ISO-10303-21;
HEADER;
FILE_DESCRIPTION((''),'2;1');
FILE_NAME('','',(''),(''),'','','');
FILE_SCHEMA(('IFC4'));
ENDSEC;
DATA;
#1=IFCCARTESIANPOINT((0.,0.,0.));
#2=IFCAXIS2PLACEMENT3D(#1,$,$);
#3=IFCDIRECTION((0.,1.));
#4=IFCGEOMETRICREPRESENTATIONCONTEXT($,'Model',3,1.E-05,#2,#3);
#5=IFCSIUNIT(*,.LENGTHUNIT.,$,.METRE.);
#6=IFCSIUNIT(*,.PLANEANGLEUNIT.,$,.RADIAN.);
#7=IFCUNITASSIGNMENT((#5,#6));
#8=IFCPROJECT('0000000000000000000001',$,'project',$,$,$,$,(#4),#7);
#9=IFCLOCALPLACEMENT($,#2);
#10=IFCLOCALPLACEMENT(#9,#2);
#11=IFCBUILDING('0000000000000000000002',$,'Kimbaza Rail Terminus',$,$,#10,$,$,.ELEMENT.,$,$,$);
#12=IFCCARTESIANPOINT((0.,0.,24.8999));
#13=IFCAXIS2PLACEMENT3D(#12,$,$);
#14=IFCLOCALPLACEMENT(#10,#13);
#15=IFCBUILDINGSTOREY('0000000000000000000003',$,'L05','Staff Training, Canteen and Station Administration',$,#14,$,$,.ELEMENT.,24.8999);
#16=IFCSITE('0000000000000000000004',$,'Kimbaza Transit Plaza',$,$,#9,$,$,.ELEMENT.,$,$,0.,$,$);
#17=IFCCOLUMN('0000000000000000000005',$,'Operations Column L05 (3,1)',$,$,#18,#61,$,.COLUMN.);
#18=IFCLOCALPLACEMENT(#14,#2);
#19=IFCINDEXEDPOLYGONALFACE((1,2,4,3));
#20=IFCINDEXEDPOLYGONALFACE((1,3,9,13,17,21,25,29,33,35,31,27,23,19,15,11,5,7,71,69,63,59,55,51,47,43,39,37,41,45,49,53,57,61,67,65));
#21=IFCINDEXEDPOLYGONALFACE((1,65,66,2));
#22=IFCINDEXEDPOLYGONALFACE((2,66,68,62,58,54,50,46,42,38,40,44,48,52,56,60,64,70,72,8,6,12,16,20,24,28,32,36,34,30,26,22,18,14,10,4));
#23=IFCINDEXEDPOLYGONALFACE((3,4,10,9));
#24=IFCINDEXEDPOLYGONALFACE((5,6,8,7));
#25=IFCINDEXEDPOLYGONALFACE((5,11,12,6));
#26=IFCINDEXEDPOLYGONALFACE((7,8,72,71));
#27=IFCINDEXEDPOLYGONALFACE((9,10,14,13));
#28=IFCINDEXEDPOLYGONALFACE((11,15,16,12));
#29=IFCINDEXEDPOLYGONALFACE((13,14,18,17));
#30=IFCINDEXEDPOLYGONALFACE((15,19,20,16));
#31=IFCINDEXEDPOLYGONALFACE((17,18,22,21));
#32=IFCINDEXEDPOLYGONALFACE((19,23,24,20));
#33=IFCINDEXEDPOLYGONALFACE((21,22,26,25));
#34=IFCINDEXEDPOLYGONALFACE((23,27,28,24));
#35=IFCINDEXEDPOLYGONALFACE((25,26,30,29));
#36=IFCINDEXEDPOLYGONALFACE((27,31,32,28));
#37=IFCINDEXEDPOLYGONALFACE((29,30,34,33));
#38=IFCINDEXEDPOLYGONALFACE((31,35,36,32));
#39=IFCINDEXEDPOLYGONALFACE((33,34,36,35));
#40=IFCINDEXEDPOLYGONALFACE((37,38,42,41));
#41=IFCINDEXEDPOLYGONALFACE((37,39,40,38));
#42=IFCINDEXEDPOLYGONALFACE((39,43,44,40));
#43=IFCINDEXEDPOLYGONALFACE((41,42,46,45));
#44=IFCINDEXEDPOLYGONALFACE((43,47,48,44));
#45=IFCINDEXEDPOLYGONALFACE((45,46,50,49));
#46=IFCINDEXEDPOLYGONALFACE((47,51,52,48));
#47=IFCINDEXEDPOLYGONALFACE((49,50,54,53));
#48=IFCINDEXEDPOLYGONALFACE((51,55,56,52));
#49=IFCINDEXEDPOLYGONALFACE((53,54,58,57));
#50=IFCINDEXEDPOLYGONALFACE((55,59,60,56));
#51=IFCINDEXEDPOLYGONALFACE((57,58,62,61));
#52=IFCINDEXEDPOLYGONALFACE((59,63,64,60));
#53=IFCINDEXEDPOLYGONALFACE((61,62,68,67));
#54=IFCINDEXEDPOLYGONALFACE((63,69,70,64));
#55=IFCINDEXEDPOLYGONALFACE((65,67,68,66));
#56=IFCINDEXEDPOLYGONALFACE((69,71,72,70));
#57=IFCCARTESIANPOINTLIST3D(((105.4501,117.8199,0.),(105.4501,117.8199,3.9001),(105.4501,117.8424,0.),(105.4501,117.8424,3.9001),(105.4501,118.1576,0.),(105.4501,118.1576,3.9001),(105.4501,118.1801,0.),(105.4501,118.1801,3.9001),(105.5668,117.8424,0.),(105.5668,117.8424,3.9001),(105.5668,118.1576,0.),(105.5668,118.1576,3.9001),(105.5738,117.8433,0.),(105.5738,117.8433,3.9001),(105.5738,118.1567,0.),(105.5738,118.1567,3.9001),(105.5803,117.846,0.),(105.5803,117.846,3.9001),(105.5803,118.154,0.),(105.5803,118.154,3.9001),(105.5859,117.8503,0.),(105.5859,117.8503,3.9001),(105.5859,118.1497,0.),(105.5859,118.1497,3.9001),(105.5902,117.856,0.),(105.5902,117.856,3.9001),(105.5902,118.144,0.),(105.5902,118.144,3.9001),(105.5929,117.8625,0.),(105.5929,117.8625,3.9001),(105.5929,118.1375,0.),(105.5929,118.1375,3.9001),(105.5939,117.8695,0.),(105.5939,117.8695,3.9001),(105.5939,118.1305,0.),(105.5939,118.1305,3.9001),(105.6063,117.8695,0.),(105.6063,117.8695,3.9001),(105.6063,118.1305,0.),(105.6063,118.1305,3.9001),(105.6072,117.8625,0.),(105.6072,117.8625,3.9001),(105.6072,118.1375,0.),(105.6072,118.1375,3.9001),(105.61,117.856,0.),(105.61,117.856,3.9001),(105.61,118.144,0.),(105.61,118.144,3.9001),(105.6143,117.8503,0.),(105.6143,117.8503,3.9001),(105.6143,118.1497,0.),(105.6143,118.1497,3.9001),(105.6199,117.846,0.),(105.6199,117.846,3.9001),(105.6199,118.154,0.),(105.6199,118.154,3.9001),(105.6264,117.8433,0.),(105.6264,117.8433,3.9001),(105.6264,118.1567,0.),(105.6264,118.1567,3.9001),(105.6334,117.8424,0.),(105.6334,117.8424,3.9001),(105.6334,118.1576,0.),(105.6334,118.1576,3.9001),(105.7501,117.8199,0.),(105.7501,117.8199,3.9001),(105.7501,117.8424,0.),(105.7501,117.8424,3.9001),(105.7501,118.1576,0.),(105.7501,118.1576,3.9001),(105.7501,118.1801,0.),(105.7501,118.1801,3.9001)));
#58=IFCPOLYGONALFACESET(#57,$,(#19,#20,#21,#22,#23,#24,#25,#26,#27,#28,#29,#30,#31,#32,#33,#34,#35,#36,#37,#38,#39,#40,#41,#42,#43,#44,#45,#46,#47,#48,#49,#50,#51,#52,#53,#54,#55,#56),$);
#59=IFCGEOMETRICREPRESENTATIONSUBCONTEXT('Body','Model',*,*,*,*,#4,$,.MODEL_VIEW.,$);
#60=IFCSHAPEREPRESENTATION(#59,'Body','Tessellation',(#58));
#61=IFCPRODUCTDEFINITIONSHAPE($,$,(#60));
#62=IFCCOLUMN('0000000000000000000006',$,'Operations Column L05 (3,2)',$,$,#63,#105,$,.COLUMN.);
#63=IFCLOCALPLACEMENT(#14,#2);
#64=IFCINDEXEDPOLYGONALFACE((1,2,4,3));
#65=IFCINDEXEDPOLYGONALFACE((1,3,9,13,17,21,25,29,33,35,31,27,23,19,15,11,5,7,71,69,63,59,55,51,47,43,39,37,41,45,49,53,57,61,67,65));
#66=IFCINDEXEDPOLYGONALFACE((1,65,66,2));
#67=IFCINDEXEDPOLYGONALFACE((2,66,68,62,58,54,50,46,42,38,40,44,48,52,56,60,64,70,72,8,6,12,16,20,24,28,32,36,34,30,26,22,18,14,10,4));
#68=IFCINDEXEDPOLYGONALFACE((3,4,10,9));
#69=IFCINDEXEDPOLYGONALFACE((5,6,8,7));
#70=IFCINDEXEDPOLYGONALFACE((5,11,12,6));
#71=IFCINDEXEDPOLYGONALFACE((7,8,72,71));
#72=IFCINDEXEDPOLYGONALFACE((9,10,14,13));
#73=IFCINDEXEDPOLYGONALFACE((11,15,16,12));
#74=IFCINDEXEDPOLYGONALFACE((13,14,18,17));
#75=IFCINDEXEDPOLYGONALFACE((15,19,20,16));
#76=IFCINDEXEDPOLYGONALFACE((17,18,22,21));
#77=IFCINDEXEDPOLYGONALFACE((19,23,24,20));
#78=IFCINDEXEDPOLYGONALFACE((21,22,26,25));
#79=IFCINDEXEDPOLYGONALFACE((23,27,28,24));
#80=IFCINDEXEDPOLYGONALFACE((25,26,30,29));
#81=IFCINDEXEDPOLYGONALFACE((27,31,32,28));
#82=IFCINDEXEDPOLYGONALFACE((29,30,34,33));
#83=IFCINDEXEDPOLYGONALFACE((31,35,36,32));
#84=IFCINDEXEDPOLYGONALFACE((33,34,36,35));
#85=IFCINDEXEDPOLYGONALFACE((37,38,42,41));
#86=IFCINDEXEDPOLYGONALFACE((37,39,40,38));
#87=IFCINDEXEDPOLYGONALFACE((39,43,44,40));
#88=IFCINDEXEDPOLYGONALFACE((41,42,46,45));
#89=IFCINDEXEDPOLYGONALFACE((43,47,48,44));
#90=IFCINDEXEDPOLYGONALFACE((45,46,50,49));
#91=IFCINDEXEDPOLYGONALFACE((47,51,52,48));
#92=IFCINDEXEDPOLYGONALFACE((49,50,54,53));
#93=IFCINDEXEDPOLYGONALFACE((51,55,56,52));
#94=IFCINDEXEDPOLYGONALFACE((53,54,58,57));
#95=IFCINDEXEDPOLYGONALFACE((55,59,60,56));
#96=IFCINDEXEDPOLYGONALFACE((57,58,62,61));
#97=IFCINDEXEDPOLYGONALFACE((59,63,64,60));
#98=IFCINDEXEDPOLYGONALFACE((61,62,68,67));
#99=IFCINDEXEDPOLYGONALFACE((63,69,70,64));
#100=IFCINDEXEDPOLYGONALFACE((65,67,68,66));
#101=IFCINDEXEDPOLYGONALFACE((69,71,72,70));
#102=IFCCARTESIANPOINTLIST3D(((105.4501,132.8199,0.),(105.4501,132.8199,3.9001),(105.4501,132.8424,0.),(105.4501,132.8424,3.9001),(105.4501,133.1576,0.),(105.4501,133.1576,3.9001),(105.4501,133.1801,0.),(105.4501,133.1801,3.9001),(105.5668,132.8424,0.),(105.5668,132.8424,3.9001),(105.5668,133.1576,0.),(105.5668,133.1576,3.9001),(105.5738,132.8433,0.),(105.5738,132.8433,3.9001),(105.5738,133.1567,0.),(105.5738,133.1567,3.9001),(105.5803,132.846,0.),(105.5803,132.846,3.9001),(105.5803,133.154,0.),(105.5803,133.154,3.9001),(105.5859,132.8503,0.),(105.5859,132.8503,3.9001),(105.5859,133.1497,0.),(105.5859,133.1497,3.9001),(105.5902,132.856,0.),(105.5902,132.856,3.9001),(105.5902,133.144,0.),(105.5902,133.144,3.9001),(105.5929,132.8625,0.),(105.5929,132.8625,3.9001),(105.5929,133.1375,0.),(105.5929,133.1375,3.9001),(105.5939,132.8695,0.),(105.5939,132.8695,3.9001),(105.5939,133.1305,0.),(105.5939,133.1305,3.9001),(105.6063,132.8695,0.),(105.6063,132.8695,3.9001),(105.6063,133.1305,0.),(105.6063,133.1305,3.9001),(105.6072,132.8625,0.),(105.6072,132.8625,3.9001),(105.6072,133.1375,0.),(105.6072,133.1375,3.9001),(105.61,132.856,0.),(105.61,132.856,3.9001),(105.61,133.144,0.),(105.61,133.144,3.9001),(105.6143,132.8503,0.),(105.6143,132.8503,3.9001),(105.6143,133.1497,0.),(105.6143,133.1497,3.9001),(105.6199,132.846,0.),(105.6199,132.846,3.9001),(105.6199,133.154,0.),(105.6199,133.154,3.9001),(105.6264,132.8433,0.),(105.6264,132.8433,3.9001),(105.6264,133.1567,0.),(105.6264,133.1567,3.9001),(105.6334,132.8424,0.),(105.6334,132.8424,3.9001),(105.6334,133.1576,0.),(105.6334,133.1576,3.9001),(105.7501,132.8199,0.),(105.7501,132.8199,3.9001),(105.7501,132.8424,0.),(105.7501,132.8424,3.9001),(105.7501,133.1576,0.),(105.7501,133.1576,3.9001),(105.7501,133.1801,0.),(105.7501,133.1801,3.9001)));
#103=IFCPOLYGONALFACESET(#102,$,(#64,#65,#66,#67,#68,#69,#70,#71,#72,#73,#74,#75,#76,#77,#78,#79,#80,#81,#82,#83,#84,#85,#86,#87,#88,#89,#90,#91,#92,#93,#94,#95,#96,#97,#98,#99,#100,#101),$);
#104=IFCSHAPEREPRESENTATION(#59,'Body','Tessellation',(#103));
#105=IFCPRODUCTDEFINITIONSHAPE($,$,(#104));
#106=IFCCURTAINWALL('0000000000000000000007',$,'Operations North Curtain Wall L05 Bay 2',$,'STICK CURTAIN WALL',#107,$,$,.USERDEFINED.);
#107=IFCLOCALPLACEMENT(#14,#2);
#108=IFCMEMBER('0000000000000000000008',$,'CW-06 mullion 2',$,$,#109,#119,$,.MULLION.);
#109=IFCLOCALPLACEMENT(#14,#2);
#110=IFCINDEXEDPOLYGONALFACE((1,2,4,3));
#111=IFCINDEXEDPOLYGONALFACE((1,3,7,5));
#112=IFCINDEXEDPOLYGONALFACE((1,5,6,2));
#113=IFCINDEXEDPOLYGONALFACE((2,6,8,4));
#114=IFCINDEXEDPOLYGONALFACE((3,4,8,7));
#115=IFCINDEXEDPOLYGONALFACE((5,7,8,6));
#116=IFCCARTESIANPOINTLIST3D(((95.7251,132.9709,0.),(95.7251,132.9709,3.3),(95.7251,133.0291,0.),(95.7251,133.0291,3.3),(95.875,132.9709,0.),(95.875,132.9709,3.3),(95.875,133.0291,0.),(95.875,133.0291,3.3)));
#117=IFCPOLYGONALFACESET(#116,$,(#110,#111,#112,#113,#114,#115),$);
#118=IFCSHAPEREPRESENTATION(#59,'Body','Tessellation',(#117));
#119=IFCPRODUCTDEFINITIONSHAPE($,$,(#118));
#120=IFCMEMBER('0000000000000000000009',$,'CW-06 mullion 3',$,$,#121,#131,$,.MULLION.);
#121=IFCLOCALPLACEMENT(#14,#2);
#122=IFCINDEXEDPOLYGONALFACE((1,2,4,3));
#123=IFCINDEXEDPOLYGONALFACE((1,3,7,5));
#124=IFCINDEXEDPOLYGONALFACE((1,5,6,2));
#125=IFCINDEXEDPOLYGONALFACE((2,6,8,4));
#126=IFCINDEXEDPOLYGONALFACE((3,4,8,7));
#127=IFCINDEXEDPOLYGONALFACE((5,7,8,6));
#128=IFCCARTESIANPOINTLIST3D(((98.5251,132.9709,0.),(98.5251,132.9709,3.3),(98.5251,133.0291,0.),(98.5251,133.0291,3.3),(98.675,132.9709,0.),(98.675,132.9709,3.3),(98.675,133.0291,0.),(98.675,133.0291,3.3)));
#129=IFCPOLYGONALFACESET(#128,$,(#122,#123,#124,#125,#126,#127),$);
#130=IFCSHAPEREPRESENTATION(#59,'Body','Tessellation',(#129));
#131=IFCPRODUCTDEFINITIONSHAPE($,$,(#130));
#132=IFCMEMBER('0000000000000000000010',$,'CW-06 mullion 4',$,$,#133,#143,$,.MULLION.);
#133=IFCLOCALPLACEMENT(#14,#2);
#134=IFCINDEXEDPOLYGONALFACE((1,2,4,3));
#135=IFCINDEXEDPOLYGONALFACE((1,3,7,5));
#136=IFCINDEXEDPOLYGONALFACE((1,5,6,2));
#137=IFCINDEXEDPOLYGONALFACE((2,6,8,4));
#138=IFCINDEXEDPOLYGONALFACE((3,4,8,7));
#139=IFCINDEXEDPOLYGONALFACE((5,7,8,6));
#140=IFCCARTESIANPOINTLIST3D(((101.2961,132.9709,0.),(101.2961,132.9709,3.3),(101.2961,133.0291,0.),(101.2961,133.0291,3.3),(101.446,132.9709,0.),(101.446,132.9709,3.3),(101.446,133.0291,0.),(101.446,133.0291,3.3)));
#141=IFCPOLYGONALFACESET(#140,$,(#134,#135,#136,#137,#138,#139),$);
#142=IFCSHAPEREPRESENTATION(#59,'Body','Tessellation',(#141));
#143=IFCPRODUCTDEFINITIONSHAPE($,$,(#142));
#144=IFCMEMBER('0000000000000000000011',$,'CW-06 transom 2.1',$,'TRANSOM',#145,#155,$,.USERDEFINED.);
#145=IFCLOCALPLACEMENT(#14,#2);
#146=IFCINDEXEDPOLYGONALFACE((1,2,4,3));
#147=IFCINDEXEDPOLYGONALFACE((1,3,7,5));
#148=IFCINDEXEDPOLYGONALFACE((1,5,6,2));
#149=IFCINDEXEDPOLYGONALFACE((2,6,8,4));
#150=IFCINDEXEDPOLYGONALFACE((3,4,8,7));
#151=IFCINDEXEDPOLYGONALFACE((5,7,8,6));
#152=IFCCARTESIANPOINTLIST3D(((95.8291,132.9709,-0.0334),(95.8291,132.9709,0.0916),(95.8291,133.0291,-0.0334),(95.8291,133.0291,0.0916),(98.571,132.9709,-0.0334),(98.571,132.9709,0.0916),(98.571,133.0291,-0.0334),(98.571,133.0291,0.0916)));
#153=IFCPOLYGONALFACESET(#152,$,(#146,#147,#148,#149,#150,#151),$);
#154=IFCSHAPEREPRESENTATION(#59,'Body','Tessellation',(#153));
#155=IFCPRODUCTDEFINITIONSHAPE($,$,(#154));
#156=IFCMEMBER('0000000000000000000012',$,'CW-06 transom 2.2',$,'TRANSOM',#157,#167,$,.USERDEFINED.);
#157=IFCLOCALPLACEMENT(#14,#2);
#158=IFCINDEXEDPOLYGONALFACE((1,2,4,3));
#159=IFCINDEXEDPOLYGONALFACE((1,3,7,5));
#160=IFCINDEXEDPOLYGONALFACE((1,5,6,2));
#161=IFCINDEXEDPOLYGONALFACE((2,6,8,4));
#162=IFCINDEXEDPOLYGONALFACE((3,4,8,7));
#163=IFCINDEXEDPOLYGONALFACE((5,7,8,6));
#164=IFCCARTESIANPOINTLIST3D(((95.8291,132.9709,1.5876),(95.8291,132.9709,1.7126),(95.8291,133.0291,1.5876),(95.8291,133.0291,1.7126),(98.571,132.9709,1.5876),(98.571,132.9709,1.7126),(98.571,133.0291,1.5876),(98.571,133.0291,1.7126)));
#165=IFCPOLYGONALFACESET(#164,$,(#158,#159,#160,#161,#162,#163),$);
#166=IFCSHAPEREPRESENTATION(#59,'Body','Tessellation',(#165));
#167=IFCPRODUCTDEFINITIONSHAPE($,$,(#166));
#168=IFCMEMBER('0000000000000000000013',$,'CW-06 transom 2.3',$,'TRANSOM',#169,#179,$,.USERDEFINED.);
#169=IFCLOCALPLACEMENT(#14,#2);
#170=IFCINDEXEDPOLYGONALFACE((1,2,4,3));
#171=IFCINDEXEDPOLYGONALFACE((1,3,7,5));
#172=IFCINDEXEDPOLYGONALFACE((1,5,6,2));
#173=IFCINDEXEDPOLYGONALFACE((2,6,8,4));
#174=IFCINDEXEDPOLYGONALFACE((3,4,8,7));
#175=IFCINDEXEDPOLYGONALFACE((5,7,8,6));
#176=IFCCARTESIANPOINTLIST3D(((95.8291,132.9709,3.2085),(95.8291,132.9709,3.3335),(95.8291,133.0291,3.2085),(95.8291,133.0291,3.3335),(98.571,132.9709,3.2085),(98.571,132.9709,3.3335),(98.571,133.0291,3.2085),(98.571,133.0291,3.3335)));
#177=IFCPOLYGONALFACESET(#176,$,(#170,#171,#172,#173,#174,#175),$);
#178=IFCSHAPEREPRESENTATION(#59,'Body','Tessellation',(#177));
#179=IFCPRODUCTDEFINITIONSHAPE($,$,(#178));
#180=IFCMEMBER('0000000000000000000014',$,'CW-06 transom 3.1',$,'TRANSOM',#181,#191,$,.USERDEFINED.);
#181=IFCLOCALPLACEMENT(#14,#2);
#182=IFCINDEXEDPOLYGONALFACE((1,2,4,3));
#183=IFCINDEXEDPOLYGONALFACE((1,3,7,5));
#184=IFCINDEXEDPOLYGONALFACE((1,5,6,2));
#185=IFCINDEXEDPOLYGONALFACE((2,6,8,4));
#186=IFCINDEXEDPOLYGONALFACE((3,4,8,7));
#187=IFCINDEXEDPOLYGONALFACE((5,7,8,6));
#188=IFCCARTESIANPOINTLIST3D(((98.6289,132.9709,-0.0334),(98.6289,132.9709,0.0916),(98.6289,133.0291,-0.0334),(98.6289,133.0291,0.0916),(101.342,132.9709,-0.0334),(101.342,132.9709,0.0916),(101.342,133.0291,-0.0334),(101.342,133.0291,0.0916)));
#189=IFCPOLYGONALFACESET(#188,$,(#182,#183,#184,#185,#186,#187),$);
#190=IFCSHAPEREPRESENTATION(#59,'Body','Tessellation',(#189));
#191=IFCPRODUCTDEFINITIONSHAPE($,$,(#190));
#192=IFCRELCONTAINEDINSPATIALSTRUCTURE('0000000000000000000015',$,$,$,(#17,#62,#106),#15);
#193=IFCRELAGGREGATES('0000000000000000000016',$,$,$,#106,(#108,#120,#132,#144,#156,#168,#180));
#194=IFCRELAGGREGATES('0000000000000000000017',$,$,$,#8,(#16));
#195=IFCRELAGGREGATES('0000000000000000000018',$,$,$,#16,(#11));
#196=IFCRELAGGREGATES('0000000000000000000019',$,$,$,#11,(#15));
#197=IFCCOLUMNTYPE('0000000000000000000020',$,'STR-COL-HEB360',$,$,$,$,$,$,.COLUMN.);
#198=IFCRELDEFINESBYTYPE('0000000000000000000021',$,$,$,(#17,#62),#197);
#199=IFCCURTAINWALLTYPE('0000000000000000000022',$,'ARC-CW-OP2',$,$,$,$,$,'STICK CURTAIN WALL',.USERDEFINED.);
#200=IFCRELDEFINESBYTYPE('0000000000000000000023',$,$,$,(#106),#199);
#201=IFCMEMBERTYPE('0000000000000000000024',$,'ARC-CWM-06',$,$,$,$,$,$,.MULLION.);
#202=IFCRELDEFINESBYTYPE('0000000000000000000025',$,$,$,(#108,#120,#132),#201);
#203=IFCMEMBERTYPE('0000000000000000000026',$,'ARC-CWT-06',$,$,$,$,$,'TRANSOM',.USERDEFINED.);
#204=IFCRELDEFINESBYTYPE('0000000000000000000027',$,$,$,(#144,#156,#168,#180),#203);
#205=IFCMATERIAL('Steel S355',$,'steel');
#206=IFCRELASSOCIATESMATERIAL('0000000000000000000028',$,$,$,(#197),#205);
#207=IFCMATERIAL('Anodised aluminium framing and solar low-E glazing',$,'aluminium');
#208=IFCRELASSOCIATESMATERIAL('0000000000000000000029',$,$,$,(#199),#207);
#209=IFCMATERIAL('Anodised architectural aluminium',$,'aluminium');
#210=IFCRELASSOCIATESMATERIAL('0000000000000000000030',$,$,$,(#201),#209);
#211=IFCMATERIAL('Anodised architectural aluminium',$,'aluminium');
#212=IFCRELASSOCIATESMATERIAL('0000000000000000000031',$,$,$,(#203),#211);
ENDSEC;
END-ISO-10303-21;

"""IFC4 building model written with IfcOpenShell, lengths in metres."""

from ifc_helpers import new_model, si_unit, direction, frame, origin, origin_2d, place, context, subcontext, project, spatial, rectangle, i_section, extrude, material, material_profile, profile_set, type_object, element, aggregate, save


model = new_model("IFC4")

# Units and contexts
model_context = context("Model", 3, precision=1e-05, world=origin(), true_north=direction((0.0, 1.0)))
body_context = subcontext(model_context, "Body", "Model", "MODEL_VIEW")
ifc_project = project(units=[si_unit("LENGTHUNIT", "METRE"), si_unit("PLANEANGLEUNIT", "RADIAN")], contexts=[model_context])

# Site, building, storey
site_placement = place(None, origin())
site = spatial("IfcSite", under=ifc_project, at=site_placement, Name="Kimbaza Transit Plaza", CompositionType="ELEMENT", RefElevation=0.0)
building_placement = place(site_placement, origin())
building = spatial("IfcBuilding", under=site, at=building_placement, Name="Kimbaza Rail Terminus", CompositionType="ELEMENT")
storey_placement = place(building_placement, frame((0.0, 0.0, 24.8999)))
storey = spatial("IfcBuildingStorey", under=building, at=storey_placement, Name="L05", Description="Staff Training, Canteen and Station Administration", CompositionType="ELEMENT", Elevation=24.8999)

# Columns
ifc_material_1 = material(Name="Steel S355", Category="steel")
ifc_material_profile_1 = material_profile(ifc_material_1, i_section(OverallWidth=0.3, OverallDepth=0.3601, WebThickness=0.0125, FlangeThickness=0.0225, FilletRadius=0.0271, at=origin_2d()), Name="HEB 360")
ifc_profile_set_1 = profile_set([ifc_material_profile_1], Name="Steel S355")
column_type = type_object("IfcColumnType", Name="STR-COL-HEB360", PredefinedType="COLUMN", material=ifc_profile_set_1)
for number, where, z_axis, x_axis, name in (
    (1, (105.6001, 118.0, 0.0), (0.0, 0.0, 1.0), (1.0, 0.0, 0.0), "Operations Column L05 (3,1)"),
    (2, (105.6001, 133.0, 0.0), (0.0, 0.0, 1.0), (1.0, 0.0, 0.0), "Operations Column L05 (3,2)"),
):
    element("IfcColumn", number, at=place(storey_placement, frame(where, z_axis=z_axis, x_axis=x_axis)), inside=storey, type_object=column_type, Name=name, PredefinedType="COLUMN", context=body_context, shape_type="SweptSolid", body=[
        extrude(i_section(OverallWidth=0.3, OverallDepth=0.3601, WebThickness=0.0125, FlangeThickness=0.0225, FilletRadius=0.0271, at=origin_2d()), origin(), (0.0, 0.0, 1.0), 3.9001),
    ])

# Curtain wall, members
ifc_material_2 = material(Name="Anodised aluminium framing and solar low-E glazing", Category="aluminium")
curtain_wall_type = type_object("IfcCurtainWallType", Name="ARC-CW-OP2", ElementType="STICK CURTAIN WALL", PredefinedType="USERDEFINED", material=ifc_material_2)
curtain_wall_placement = place(storey_placement, origin())
curtain_wall = element("IfcCurtainWall", 3, at=curtain_wall_placement, inside=storey, type_object=curtain_wall_type, Name="Operations North Curtain Wall L05 Bay 2", ObjectType="STICK CURTAIN WALL", PredefinedType="USERDEFINED")
ifc_material_3 = material(Name="Anodised architectural aluminium", Category="aluminium")
ifc_material_profile_2 = material_profile(ifc_material_3, rectangle(XDim=0.0581, YDim=0.1499, at=origin_2d()), Name="MULLION 58x150")
ifc_profile_set_2 = profile_set([ifc_material_profile_2], Name="Anodised architectural aluminium")
member_type_1 = type_object("IfcMemberType", Name="ARC-CWM-06", PredefinedType="MULLION", material=ifc_profile_set_2)
member_1_placement = place(storey_placement, frame((95.8, 133.0, 0.0), z_axis=(0.0, 0.0, 1.0), x_axis=(0.0, 1.0, 0.0)))
member_1 = element("IfcMember", 4, at=member_1_placement, type_object=member_type_1, Name="CW-06 mullion 2", PredefinedType="MULLION", context=body_context, shape_type="SweptSolid", body=[
    extrude(rectangle(XDim=0.0581, YDim=0.1499, at=origin_2d()), origin(), (0.0, 0.0, 1.0), 3.3),
])
member_2_placement = place(storey_placement, frame((98.6001, 133.0, 0.0), z_axis=(0.0, 0.0, 1.0), x_axis=(0.0, 1.0, 0.0)))
member_2 = element("IfcMember", 5, at=member_2_placement, type_object=member_type_1, Name="CW-06 mullion 3", PredefinedType="MULLION", context=body_context, shape_type="SweptSolid", body=[
    extrude(rectangle(XDim=0.0581, YDim=0.1499, at=origin_2d()), origin(), (0.0, 0.0, 1.0), 3.3),
])
member_3_placement = place(storey_placement, frame((101.3711, 133.0, 0.0), z_axis=(0.0, 0.0, 1.0), x_axis=(0.0, 1.0, 0.0)))
member_3 = element("IfcMember", 6, at=member_3_placement, type_object=member_type_1, Name="CW-06 mullion 4", PredefinedType="MULLION", context=body_context, shape_type="SweptSolid", body=[
    extrude(rectangle(XDim=0.0581, YDim=0.1499, at=origin_2d()), origin(), (0.0, 0.0, 1.0), 3.3),
])
ifc_material_4 = material(Name="Anodised architectural aluminium", Category="aluminium")
ifc_material_profile_3 = material_profile(ifc_material_4, rectangle(XDim=0.0581, YDim=0.125, at=origin_2d()), Name="TRANSOM 58x125")
ifc_profile_set_3 = profile_set([ifc_material_profile_3], Name="Anodised architectural aluminium")
member_type_2 = type_object("IfcMemberType", Name="ARC-CWT-06", ElementType="TRANSOM", PredefinedType="USERDEFINED", material=ifc_profile_set_3)
member_4_placement = place(storey_placement, frame((95.8291, 133.0, 0.0291), z_axis=(1.0, 0.0, 0.0), x_axis=(0.0, 1.0, 0.0)))
member_4 = element("IfcMember", 7, at=member_4_placement, type_object=member_type_2, Name="CW-06 transom 2.1", ObjectType="TRANSOM", PredefinedType="USERDEFINED", context=body_context, shape_type="SweptSolid", body=[
    extrude(rectangle(XDim=0.0581, YDim=0.125, at=origin_2d()), origin(), (0.0, 0.0, 1.0), 2.7419),
])
member_5_placement = place(storey_placement, frame((95.8291, 133.0, 1.6501), z_axis=(1.0, 0.0, 0.0), x_axis=(0.0, 1.0, 0.0)))
member_5 = element("IfcMember", 8, at=member_5_placement, type_object=member_type_2, Name="CW-06 transom 2.2", ObjectType="TRANSOM", PredefinedType="USERDEFINED", context=body_context, shape_type="SweptSolid", body=[
    extrude(rectangle(XDim=0.0581, YDim=0.125, at=origin_2d()), origin(), (0.0, 0.0, 1.0), 2.7419),
])
member_6_placement = place(storey_placement, frame((95.8291, 133.0, 3.271), z_axis=(1.0, 0.0, 0.0), x_axis=(0.0, 1.0, 0.0)))
member_6 = element("IfcMember", 9, at=member_6_placement, type_object=member_type_2, Name="CW-06 transom 2.3", ObjectType="TRANSOM", PredefinedType="USERDEFINED", context=body_context, shape_type="SweptSolid", body=[
    extrude(rectangle(XDim=0.0581, YDim=0.125, at=origin_2d()), origin(), (0.0, 0.0, 1.0), 2.7419),
])
member_7_placement = place(storey_placement, frame((98.6289, 133.0, 0.0291), z_axis=(1.0, 0.0, 0.0), x_axis=(0.0, 1.0, 0.0)))
member_7 = element("IfcMember", 10, at=member_7_placement, type_object=member_type_2, Name="CW-06 transom 3.1", ObjectType="TRANSOM", PredefinedType="USERDEFINED", context=body_context, shape_type="SweptSolid", body=[
    extrude(rectangle(XDim=0.0581, YDim=0.125, at=origin_2d()), origin(), (0.0, 0.0, 1.0), 2.7131),
])

aggregate(curtain_wall, [member_1, member_2, member_3, member_4, member_5, member_6, member_7])

save(model, "model.ifc")
